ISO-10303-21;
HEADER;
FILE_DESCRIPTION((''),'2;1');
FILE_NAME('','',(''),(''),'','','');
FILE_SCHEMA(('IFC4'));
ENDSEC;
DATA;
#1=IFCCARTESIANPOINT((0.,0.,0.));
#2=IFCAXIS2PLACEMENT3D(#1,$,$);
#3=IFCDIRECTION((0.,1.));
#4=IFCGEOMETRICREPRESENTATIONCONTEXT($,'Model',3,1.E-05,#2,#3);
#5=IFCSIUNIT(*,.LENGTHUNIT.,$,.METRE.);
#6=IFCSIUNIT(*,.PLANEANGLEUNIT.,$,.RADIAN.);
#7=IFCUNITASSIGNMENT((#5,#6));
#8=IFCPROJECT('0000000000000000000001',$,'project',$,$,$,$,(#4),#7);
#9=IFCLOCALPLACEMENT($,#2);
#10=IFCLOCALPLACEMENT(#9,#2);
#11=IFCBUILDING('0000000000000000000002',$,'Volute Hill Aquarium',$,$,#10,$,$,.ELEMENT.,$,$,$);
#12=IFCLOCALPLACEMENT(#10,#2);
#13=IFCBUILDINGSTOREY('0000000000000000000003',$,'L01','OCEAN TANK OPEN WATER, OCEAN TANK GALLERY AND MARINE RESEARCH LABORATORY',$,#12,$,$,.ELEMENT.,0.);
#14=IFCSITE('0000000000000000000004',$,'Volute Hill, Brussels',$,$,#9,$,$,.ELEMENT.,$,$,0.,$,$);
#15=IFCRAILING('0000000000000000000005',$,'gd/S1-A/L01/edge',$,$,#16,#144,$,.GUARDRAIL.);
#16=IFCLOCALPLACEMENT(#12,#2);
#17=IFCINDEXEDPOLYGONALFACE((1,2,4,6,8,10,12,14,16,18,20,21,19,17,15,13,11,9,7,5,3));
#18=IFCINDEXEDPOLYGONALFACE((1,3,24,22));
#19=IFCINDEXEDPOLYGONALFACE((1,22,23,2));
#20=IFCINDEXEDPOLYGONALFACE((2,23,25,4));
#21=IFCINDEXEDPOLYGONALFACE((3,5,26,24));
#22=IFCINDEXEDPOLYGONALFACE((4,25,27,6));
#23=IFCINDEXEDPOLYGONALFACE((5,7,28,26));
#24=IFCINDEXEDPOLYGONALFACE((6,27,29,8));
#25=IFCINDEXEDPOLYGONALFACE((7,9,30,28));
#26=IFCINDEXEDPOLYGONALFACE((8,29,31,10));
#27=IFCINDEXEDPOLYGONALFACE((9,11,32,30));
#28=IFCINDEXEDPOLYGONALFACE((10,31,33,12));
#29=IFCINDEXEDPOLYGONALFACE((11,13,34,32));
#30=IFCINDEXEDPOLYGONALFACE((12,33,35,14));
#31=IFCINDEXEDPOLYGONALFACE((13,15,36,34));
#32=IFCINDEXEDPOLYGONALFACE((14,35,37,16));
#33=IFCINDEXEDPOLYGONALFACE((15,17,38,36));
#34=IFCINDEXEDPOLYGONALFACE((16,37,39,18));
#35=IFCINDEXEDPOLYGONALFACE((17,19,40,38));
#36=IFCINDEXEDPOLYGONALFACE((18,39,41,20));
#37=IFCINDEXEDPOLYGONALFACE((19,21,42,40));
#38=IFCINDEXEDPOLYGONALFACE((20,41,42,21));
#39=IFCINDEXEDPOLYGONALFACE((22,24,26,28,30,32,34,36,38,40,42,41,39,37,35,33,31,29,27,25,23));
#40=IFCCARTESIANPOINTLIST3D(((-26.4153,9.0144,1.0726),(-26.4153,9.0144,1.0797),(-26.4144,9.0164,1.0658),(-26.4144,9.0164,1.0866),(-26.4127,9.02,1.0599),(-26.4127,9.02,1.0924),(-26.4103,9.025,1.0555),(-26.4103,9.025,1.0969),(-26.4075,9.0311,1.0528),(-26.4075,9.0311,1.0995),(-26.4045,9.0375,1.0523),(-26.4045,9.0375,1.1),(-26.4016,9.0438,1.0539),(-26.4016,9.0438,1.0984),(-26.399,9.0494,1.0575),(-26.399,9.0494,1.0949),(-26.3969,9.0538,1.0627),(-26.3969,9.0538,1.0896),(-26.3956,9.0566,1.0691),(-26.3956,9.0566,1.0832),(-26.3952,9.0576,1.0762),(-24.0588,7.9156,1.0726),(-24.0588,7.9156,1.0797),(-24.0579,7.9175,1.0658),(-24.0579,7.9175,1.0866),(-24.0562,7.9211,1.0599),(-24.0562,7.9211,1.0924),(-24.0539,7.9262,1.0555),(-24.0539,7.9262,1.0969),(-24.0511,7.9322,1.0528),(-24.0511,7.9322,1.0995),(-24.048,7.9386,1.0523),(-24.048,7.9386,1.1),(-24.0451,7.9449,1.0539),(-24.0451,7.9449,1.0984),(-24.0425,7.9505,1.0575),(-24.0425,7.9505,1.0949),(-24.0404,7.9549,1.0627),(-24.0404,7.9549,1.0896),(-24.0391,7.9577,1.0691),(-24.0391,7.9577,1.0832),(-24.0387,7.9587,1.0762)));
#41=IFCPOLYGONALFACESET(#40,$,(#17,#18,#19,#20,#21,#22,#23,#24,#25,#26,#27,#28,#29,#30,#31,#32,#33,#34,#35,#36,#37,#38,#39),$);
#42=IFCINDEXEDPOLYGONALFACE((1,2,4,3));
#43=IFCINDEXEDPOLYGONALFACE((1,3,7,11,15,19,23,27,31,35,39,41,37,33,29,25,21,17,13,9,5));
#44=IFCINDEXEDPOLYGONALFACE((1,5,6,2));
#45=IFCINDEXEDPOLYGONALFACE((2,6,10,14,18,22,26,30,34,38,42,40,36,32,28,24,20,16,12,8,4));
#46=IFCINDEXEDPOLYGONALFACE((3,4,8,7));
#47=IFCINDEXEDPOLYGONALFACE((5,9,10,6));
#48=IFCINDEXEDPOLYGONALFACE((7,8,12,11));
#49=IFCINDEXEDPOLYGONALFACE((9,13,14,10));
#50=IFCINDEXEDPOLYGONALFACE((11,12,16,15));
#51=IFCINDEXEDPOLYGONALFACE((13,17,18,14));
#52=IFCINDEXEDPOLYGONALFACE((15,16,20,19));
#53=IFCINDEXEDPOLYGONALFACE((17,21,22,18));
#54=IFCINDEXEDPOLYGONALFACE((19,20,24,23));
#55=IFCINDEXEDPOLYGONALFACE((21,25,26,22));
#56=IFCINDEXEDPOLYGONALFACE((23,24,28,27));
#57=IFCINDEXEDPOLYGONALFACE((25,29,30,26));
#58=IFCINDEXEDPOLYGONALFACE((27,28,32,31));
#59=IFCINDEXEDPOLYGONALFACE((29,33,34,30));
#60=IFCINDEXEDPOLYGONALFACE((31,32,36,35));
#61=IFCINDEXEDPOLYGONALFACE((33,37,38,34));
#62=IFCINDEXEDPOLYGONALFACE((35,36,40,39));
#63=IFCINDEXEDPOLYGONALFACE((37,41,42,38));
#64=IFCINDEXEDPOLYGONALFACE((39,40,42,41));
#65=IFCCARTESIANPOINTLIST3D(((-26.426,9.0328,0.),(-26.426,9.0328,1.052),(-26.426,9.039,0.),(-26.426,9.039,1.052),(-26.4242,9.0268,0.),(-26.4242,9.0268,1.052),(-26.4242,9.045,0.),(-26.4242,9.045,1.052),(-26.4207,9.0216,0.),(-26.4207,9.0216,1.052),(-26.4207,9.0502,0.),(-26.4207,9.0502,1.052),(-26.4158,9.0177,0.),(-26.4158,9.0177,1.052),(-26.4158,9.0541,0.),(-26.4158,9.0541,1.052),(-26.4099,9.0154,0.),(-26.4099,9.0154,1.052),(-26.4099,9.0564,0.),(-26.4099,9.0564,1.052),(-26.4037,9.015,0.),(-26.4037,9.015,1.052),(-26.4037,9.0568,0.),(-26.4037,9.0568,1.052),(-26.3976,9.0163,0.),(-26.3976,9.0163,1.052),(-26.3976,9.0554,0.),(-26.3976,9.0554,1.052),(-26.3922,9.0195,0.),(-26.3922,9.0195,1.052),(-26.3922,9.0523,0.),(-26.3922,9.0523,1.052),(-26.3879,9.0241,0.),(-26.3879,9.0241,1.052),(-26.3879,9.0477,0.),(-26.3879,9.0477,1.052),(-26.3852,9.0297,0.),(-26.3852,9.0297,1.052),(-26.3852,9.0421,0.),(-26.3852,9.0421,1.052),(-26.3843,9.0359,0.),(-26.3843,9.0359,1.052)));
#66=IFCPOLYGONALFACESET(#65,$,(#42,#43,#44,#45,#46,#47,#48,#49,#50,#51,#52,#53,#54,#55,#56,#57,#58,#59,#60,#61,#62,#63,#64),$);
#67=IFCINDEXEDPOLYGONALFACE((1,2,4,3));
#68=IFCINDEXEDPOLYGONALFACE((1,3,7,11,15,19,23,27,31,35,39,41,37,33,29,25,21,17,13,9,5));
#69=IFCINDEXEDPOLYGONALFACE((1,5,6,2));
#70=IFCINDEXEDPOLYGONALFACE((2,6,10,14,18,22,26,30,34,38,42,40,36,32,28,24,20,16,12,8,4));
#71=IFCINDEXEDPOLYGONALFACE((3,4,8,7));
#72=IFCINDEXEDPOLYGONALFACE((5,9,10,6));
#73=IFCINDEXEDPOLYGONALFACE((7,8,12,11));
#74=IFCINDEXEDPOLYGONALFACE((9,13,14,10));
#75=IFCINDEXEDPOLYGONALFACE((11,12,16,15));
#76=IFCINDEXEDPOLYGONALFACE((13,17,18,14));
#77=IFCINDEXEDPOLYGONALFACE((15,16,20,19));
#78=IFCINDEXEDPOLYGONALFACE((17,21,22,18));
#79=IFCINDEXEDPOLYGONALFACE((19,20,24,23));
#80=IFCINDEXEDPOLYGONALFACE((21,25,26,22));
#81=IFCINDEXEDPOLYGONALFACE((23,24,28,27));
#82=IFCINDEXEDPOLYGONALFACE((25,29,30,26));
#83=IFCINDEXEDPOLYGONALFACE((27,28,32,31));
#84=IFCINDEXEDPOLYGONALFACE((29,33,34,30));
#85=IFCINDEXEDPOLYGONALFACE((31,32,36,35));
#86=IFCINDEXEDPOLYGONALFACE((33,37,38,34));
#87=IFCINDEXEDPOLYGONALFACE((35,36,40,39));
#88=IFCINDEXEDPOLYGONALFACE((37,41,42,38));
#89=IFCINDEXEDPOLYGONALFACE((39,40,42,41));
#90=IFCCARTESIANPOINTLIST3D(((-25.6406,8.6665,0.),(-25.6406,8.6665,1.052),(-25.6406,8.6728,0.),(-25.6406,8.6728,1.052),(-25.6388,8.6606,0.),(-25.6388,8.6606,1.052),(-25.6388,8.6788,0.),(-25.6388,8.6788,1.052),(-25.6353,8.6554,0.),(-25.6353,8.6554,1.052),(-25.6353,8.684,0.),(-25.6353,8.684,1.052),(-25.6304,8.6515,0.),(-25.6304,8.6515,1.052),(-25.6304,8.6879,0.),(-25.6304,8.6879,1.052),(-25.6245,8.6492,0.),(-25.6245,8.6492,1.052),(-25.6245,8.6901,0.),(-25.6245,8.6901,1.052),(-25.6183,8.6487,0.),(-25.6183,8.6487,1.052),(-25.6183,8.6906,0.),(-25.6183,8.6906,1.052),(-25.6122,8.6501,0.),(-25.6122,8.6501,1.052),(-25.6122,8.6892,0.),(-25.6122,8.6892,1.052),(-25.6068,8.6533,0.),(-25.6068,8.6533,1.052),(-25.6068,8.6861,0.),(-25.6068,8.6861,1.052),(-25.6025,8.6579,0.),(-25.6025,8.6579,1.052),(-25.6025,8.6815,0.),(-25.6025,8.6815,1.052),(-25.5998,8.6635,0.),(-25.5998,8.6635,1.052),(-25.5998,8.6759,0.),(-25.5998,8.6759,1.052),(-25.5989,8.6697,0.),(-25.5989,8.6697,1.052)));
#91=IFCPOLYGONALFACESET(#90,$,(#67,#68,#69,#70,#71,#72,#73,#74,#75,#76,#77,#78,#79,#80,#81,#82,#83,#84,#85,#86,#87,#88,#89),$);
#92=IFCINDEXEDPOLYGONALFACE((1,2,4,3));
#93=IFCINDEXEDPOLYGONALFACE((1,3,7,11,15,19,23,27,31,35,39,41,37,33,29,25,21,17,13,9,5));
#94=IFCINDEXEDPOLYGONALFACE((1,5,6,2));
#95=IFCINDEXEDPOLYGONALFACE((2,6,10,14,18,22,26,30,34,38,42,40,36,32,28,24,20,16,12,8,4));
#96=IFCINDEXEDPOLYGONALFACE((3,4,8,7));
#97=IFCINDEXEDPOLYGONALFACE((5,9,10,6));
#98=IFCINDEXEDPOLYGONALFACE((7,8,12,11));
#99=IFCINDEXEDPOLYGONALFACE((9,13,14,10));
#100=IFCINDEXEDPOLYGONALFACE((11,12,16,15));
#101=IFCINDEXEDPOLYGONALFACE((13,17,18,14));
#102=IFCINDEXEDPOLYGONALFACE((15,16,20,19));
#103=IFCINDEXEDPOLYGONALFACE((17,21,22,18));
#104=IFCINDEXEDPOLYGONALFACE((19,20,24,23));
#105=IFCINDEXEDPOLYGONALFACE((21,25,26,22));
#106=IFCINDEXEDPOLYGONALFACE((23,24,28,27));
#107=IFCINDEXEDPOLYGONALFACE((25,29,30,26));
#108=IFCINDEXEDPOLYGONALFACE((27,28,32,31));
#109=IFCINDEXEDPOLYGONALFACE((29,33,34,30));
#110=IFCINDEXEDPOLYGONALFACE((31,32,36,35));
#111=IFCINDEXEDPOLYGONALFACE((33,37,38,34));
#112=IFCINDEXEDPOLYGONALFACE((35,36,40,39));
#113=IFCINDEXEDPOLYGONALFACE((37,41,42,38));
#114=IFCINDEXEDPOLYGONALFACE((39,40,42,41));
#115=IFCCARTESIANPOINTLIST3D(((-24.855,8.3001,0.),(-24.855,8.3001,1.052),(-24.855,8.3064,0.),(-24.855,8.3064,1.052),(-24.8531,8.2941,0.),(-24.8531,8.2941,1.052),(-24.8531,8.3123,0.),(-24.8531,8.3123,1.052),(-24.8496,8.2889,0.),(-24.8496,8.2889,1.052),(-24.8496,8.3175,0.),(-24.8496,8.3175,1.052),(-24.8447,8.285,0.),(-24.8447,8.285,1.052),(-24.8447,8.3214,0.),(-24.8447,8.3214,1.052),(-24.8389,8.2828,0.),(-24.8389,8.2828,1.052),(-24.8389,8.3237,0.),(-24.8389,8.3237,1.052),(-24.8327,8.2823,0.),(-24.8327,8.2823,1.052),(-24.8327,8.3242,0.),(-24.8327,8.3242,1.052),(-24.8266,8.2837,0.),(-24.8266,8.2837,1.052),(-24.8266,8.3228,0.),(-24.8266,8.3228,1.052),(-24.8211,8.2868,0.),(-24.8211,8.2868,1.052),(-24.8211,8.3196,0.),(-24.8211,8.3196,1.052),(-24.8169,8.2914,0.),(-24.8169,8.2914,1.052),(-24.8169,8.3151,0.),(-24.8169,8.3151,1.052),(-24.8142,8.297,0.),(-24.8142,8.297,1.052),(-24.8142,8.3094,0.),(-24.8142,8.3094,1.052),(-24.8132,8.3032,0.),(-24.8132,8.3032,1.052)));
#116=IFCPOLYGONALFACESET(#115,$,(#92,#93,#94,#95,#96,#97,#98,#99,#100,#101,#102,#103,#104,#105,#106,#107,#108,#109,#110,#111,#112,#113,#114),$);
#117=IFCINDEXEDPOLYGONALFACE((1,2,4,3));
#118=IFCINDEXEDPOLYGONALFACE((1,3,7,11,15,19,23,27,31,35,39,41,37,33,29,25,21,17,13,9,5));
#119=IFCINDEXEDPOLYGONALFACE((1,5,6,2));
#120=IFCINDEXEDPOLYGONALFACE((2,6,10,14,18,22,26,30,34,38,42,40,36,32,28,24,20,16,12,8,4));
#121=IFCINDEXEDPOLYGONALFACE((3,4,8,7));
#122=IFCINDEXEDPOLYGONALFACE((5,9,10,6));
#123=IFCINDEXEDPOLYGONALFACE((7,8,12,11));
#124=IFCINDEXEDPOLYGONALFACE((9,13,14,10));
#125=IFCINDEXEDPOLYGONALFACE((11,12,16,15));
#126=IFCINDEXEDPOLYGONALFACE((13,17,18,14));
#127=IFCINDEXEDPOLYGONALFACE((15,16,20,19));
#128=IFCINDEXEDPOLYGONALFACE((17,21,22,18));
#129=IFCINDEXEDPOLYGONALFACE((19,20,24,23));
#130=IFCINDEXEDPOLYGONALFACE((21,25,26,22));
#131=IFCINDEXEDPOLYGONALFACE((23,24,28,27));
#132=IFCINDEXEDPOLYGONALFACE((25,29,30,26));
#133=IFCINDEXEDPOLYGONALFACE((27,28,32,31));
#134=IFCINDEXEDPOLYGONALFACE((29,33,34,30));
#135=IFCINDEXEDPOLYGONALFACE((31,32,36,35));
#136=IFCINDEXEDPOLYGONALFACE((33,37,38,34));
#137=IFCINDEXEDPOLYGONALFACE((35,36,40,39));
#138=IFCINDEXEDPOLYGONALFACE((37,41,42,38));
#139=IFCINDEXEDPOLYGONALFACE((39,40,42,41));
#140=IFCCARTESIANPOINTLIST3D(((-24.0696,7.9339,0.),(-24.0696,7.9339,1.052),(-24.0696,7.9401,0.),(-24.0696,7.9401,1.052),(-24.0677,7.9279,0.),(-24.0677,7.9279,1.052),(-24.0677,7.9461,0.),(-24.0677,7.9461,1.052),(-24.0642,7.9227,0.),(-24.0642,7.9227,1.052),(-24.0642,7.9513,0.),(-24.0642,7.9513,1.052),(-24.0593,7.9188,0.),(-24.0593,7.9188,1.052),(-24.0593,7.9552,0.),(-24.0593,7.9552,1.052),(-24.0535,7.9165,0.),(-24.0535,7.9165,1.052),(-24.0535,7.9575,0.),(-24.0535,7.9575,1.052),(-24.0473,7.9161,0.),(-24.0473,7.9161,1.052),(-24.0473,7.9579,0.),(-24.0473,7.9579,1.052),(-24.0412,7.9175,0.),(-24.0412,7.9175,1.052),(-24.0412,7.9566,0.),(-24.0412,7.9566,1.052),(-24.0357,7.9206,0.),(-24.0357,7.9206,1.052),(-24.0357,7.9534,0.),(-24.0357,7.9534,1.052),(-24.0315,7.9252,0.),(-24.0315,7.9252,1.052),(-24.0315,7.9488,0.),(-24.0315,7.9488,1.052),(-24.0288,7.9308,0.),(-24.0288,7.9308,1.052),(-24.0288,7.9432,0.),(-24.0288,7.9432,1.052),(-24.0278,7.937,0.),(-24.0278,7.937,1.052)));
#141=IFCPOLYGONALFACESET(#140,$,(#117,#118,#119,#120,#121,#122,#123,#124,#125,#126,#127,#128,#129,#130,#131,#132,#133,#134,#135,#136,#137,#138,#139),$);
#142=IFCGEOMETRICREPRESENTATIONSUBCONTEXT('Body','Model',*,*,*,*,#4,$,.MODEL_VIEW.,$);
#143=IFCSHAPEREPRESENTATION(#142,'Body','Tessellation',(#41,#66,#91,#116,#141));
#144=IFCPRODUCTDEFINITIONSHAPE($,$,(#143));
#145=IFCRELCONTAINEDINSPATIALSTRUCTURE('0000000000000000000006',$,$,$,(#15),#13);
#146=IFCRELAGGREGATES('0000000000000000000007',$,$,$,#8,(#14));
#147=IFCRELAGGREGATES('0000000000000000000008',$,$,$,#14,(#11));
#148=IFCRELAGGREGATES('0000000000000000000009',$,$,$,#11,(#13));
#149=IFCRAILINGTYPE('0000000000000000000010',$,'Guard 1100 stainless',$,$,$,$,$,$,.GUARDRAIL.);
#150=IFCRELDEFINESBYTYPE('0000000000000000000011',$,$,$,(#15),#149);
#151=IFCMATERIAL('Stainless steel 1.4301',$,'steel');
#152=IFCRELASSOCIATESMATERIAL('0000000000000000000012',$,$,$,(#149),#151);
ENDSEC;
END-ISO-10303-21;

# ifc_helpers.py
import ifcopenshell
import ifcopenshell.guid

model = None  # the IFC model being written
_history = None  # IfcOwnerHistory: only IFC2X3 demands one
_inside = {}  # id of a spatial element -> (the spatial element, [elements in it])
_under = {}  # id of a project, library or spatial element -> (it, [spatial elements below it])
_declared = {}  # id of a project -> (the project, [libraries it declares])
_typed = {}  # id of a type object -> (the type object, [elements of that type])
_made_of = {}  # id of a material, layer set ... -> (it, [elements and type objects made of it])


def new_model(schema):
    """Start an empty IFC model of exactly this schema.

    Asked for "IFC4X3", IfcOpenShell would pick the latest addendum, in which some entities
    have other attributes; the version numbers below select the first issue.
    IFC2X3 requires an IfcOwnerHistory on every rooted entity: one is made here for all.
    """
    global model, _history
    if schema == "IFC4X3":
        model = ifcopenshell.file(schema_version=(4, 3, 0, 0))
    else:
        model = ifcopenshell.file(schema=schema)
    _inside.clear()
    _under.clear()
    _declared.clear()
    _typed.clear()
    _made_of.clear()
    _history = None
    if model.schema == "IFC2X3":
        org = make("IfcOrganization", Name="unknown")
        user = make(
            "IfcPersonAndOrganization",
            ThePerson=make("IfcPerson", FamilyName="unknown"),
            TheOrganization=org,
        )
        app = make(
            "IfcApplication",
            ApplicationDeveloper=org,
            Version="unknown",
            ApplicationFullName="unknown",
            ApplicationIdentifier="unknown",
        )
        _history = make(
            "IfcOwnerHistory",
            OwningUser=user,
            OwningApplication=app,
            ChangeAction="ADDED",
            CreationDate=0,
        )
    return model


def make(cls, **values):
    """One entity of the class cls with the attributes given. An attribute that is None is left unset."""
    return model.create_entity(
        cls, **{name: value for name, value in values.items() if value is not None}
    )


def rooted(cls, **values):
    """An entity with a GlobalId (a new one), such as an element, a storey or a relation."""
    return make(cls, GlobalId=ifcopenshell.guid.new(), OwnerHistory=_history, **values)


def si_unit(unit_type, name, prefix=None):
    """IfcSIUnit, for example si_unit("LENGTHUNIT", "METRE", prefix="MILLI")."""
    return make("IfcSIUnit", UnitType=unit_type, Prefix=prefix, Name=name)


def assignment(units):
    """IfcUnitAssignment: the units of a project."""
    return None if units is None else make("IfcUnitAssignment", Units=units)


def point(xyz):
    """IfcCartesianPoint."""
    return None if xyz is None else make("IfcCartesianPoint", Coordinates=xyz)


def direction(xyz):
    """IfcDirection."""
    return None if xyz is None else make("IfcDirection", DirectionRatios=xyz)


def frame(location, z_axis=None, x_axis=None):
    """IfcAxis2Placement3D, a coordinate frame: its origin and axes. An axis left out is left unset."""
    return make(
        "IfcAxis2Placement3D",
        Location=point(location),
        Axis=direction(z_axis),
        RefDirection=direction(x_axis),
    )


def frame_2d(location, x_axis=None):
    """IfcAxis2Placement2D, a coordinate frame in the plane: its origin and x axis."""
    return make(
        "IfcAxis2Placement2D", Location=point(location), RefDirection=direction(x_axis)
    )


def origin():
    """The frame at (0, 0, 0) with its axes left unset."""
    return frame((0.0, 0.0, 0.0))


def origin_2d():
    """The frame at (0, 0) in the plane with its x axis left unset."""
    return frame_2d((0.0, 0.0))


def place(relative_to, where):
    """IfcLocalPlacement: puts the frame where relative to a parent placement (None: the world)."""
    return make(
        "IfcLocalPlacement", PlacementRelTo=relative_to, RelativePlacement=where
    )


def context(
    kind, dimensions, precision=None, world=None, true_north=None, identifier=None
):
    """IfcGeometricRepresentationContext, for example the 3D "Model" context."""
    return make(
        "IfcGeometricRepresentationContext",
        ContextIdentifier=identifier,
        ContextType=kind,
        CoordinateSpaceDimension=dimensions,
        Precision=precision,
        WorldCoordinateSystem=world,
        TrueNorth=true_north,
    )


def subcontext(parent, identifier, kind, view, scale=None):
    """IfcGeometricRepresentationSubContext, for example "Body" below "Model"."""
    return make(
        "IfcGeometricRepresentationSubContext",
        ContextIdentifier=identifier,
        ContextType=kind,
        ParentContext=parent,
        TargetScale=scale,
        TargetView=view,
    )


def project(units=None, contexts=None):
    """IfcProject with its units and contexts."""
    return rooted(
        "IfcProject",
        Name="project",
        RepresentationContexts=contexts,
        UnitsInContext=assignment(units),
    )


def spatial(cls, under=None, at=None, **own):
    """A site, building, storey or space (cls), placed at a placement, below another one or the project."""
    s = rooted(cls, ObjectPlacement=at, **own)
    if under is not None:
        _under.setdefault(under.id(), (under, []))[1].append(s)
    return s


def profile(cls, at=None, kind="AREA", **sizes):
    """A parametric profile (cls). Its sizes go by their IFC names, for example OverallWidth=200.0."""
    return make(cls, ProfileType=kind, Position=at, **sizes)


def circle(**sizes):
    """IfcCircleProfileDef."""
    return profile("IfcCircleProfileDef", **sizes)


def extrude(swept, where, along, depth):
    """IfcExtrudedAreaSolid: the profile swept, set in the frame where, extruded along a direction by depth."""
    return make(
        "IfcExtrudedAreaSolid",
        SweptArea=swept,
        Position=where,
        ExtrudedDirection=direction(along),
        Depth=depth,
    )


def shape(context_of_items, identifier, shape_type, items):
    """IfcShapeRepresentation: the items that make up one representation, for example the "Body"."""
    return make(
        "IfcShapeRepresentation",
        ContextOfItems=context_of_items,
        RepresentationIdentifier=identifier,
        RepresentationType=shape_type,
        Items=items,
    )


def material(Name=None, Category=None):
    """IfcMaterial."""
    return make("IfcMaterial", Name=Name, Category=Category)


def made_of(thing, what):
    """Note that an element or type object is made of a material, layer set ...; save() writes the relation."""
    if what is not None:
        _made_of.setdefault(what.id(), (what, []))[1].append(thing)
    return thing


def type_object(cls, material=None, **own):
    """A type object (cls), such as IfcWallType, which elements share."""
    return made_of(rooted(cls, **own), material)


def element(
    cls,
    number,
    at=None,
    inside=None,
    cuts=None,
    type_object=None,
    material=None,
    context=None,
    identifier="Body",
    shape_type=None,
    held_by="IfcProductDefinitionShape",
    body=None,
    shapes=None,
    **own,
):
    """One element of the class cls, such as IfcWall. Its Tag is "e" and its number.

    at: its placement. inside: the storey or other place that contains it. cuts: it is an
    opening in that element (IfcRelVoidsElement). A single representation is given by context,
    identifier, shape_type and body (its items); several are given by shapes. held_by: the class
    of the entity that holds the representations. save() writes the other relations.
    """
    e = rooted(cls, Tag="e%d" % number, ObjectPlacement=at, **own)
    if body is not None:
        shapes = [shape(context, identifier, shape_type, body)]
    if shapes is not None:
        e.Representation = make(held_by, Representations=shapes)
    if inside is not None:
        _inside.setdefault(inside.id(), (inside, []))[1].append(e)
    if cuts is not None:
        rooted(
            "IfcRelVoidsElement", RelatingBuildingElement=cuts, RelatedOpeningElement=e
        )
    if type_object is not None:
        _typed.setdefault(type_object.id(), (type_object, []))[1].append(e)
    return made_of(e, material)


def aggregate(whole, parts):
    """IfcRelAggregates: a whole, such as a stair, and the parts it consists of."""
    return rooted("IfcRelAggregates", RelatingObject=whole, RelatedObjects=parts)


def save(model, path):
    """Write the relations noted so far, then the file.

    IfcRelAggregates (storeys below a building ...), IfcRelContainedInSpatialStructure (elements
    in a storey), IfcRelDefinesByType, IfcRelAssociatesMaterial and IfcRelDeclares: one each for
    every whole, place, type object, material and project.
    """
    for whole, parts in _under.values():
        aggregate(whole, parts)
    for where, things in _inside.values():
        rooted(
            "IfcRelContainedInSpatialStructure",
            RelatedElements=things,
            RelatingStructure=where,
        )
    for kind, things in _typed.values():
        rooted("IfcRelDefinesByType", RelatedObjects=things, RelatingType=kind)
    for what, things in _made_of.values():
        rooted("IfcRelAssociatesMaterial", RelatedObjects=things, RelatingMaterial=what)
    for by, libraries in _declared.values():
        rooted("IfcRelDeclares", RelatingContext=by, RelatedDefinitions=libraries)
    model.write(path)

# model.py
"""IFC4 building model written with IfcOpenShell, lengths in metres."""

from ifc_helpers import new_model, si_unit, direction, frame, origin, origin_2d, place, context, subcontext, project, spatial, circle, extrude, material, type_object, element, save


model = new_model("IFC4")

# Units and contexts
model_context = context("Model", 3, precision=1e-05, world=origin(), true_north=direction((0.0, 1.0)))
body_context = subcontext(model_context, "Body", "Model", "MODEL_VIEW")
ifc_project = project(units=[si_unit("LENGTHUNIT", "METRE"), si_unit("PLANEANGLEUNIT", "RADIAN")], contexts=[model_context])

# Site, building, storey
site_placement = place(None, origin())
site = spatial("IfcSite", under=ifc_project, at=site_placement, Name="Volute Hill, Brussels", CompositionType="ELEMENT", RefElevation=0.0)
building_placement = place(site_placement, origin())
building = spatial("IfcBuilding", under=site, at=building_placement, Name="Volute Hill Aquarium", CompositionType="ELEMENT")
storey_placement = place(building_placement, origin())
storey = spatial("IfcBuildingStorey", under=building, at=storey_placement, Name="L01", Description="OCEAN TANK OPEN WATER, OCEAN TANK GALLERY AND MARINE RESEARCH LABORATORY", CompositionType="ELEMENT", Elevation=0.0)

# Railing
ifc_material_1 = material(Name="Stainless steel 1.4301", Category="steel")
railing_type_1 = type_object("IfcRailingType", Name="Guard 1100 stainless", PredefinedType="GUARDRAIL", material=ifc_material_1)
railing_1_placement = place(storey_placement, frame((-26.4053, 9.0359, 0.0)))
element("IfcRailing", 1, at=railing_1_placement, inside=storey, type_object=railing_type_1, Name="gd/S1-A/L01/edge", PredefinedType="GUARDRAIL", context=body_context, shape_type="SweptSolid", body=[
    extrude(circle(Radius=0.0239, at=origin_2d()), frame((0.0, 0.0, 1.0762), z_axis=(0.906301, -0.422634, 0.0), x_axis=(0.422634, 0.906301, 0.0)), (0.0, 0.0, 1.0), 2.6001),
    extrude(circle(Radius=0.021, at=origin_2d()), origin(), (0.0, 0.0, 1.0), 1.052),
    extrude(circle(Radius=0.021, at=origin_2d()), frame((0.7854, -0.3662, 0.0)), (0.0, 0.0, 1.0), 1.052),
    extrude(circle(Radius=0.021, at=origin_2d()), frame((1.571, -0.7327, 0.0)), (0.0, 0.0, 1.0), 1.052),
    extrude(circle(Radius=0.021, at=origin_2d()), frame((2.3564, -1.0989, 0.0)), (0.0, 0.0, 1.0), 1.052),
])

save(model, "model.ifc")
